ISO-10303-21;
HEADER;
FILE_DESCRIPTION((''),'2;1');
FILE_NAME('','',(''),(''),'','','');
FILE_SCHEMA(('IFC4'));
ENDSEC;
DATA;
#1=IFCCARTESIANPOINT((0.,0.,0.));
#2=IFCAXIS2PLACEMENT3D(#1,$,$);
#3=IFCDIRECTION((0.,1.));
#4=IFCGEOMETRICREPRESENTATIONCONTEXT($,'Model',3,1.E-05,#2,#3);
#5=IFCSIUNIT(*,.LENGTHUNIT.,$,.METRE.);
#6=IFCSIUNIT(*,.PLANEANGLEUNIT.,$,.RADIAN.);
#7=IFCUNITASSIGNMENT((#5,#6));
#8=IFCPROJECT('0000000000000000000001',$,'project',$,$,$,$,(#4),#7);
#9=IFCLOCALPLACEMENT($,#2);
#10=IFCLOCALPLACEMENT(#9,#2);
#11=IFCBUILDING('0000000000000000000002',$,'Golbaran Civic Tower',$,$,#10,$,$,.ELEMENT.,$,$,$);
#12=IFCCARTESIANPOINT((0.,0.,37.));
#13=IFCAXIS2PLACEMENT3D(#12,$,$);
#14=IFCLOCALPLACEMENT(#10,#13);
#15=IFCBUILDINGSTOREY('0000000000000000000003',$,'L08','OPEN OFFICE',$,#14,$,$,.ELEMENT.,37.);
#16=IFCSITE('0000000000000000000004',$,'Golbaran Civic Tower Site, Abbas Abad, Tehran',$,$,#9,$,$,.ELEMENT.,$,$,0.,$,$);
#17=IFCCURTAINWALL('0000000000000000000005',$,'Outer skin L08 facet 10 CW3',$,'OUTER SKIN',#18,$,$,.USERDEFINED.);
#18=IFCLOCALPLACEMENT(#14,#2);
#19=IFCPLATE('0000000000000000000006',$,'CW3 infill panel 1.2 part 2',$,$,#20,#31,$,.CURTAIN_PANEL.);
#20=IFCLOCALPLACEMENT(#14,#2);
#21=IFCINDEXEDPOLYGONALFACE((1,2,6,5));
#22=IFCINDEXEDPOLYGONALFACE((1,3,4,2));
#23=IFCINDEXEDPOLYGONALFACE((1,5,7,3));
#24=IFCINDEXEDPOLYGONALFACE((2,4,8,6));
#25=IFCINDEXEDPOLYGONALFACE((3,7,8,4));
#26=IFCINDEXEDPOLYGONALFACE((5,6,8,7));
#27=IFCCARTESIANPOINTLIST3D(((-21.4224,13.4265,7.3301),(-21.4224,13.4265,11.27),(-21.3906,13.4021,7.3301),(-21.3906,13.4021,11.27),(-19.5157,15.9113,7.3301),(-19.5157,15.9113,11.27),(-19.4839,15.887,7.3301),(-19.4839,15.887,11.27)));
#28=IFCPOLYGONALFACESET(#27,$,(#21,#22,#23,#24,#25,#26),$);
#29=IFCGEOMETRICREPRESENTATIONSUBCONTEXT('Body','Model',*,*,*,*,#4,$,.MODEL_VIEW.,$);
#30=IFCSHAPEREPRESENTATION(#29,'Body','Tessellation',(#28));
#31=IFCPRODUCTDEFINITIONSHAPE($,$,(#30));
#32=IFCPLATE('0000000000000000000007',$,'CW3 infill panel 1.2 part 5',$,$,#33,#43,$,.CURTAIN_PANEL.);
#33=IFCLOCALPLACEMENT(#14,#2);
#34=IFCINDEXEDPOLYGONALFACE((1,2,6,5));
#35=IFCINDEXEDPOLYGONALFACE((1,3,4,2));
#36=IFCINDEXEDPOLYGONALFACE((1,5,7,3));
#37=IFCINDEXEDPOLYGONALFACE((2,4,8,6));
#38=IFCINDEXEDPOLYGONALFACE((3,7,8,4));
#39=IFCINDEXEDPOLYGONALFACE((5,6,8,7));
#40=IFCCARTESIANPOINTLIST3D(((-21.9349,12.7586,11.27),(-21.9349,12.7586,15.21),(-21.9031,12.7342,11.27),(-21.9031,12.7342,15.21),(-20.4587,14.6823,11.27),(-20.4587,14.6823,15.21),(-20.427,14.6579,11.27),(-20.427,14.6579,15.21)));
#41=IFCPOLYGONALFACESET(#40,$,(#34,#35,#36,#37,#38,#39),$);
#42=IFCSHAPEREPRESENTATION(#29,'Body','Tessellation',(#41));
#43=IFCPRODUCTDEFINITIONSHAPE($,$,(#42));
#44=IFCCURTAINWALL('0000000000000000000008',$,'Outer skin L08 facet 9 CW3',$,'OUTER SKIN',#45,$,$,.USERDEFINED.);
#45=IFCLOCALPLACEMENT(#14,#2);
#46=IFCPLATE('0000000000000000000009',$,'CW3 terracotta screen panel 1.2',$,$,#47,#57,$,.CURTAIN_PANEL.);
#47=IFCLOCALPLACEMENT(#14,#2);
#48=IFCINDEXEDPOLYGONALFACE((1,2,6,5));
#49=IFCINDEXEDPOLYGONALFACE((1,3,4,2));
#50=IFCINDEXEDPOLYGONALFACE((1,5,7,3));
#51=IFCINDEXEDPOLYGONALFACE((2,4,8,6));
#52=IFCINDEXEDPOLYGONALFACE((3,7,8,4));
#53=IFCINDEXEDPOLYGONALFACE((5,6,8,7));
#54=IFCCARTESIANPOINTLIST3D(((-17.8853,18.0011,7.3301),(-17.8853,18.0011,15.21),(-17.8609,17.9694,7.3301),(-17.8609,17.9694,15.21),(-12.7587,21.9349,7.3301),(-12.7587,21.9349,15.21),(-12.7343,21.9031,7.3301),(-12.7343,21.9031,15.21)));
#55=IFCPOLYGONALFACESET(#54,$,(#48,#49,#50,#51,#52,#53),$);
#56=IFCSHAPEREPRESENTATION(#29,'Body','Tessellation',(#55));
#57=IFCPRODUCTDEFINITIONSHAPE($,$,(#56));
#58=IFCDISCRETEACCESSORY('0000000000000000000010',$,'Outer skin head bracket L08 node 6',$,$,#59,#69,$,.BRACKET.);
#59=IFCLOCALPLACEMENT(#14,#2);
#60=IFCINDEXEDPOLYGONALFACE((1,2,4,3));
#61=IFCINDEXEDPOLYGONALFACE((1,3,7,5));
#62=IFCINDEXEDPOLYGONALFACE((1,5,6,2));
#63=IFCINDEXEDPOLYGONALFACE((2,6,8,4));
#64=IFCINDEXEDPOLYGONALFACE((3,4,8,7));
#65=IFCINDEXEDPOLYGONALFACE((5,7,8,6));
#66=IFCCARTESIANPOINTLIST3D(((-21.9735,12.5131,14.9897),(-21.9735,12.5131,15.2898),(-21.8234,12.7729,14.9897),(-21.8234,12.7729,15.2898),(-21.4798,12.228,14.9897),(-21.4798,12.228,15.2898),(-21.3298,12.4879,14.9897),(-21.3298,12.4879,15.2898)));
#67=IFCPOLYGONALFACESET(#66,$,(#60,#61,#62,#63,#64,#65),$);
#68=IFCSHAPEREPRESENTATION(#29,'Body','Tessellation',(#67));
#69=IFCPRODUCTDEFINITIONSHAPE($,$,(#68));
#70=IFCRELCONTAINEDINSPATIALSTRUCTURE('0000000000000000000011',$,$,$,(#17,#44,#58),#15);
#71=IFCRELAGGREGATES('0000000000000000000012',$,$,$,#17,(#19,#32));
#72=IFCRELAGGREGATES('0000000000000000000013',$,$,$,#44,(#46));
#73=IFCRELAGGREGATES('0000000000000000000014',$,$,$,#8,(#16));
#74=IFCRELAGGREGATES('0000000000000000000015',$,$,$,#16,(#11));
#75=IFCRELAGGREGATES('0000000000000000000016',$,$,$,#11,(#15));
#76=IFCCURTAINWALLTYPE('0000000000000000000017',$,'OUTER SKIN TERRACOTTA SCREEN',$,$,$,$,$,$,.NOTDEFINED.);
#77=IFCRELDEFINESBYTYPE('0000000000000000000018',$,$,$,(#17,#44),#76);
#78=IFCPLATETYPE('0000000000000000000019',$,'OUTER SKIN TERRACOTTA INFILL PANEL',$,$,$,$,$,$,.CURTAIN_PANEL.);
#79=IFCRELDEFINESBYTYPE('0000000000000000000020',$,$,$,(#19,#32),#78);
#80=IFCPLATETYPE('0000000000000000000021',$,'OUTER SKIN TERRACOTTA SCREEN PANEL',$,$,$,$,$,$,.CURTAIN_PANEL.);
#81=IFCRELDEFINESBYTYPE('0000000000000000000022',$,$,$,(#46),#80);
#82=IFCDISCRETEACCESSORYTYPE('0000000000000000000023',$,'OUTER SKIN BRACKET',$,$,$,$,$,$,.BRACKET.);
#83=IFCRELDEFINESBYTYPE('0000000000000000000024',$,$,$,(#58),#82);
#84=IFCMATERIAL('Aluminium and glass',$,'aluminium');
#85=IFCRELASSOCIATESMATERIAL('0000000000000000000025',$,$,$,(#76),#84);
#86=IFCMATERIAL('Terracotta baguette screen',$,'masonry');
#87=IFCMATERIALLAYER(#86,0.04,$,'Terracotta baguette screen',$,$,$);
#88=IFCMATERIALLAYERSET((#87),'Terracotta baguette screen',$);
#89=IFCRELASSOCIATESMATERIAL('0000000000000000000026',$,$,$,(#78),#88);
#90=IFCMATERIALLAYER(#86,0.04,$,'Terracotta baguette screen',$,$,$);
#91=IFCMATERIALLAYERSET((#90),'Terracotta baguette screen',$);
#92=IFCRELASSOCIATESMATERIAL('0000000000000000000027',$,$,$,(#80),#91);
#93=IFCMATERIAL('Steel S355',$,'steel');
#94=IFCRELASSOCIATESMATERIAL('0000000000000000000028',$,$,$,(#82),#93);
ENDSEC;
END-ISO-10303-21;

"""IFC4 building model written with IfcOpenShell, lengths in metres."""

from ifc_helpers import new_model, si_unit, direction, frame, origin, origin_2d, place, context, subcontext, project, spatial, rectangle, extrude, material, layer, layer_set, type_object, element, aggregate, save


model = new_model("IFC4")

# Units and contexts
model_context = context("Model", 3, precision=1e-05, world=origin(), true_north=direction((0.0, 1.0)))
body_context = subcontext(model_context, "Body", "Model", "MODEL_VIEW")
ifc_project = project(units=[si_unit("LENGTHUNIT", "METRE"), si_unit("PLANEANGLEUNIT", "RADIAN")], contexts=[model_context])

# Site, building, storey
site_placement = place(None, origin())
site = spatial("IfcSite", under=ifc_project, at=site_placement, Name="Golbaran Civic Tower Site, Abbas Abad, Tehran", CompositionType="ELEMENT", RefElevation=0.0)
building_placement = place(site_placement, origin())
building = spatial("IfcBuilding", under=site, at=building_placement, Name="Golbaran Civic Tower", CompositionType="ELEMENT")
storey_placement = place(building_placement, frame((0.0, 0.0, 37.0)))
storey = spatial("IfcBuildingStorey", under=building, at=storey_placement, Name="L08", Description="OPEN OFFICE", CompositionType="ELEMENT", Elevation=37.0)

# Curtain wall
ifc_material_1 = material(Name="Aluminium and glass", Category="aluminium")
curtain_wall_type_1 = type_object("IfcCurtainWallType", Name="OUTER SKIN TERRACOTTA SCREEN", PredefinedType="NOTDEFINED", material=ifc_material_1)
curtain_wall_1_placement = place(storey_placement, origin())
curtain_wall_1 = element("IfcCurtainWall", 1, at=curtain_wall_1_placement, inside=storey, type_object=curtain_wall_type_1, Name="Outer skin L08 facet 10 CW3", ObjectType="OUTER SKIN", PredefinedType="USERDEFINED")

# Plates
ifc_material_2 = material(Name="Terracotta baguette screen", Category="masonry")
ifc_layer_1 = layer(ifc_material_2, 0.04, Name="Terracotta baguette screen")
ifc_layer_set_1 = layer_set([ifc_layer_1], Name="Terracotta baguette screen")
plate_type_1 = type_object("IfcPlateType", Name="OUTER SKIN TERRACOTTA INFILL PANEL", PredefinedType="CURTAIN_PANEL", material=ifc_layer_set_1)
plate_1_placement = place(storey_placement, frame((-20.4531, 14.6567, 7.3301), z_axis=(0.0, 0.0, 1.0), x_axis=(-0.608761, -0.793353, 0.0)))
plate_1 = element("IfcPlate", 2, at=plate_1_placement, type_object=plate_type_1, Name="CW3 infill panel 1.2 part 2", PredefinedType="CURTAIN_PANEL", context=body_context, shape_type="SweptSolid", body=[
    extrude(rectangle(XDim=3.1321, YDim=0.04, at=origin_2d()), origin(), (0.0, 0.0, 1.0), 3.9399),
])
plate_2_placement = place(storey_placement, frame((-21.1809, 13.7083, 11.27), z_axis=(0.0, 0.0, 1.0), x_axis=(-0.608761, -0.793353, 0.0)))
plate_2 = element("IfcPlate", 3, at=plate_2_placement, type_object=plate_type_1, Name="CW3 infill panel 1.2 part 5", PredefinedType="CURTAIN_PANEL", context=body_context, shape_type="SweptSolid", body=[
    extrude(rectangle(XDim=2.4248, YDim=0.04, at=origin_2d()), origin(), (0.0, 0.0, 1.0), 3.9399),
])
aggregate(curtain_wall_1, [plate_1, plate_2])

# Curtain wall, plate
curtain_wall_2_placement = place(storey_placement, origin())
curtain_wall_2 = element("IfcCurtainWall", 4, at=curtain_wall_2_placement, inside=storey, type_object=curtain_wall_type_1, Name="Outer skin L08 facet 9 CW3", ObjectType="OUTER SKIN", PredefinedType="USERDEFINED")
ifc_layer_2 = layer(ifc_material_2, 0.04, Name="Terracotta baguette screen")
ifc_layer_set_2 = layer_set([ifc_layer_2], Name="Terracotta baguette screen")
plate_type_2 = type_object("IfcPlateType", Name="OUTER SKIN TERRACOTTA SCREEN PANEL", PredefinedType="CURTAIN_PANEL", material=ifc_layer_set_2)
plate_3_placement = place(storey_placement, frame((-15.3098, 19.9521, 7.3301), z_axis=(0.0, 0.0, 1.0), x_axis=(-0.793353, -0.608761, 0.0)))
plate_3 = element("IfcPlate", 5, at=plate_3_placement, type_object=plate_type_2, Name="CW3 terracotta screen panel 1.2", PredefinedType="CURTAIN_PANEL", context=body_context, shape_type="SweptSolid", body=[
    extrude(rectangle(XDim=6.4619, YDim=0.04, at=origin_2d()), origin(), (0.0, 0.0, 1.0), 7.8799),
])
aggregate(curtain_wall_2, [plate_3])

# Discrete accessory
ifc_material_3 = material(Name="Steel S355", Category="steel")
discrete_accessory_type = type_object("IfcDiscreteAccessoryType", Name="OUTER SKIN BRACKET", PredefinedType="BRACKET", material=ifc_material_3)
discrete_accessory_placement = place(storey_placement, frame((-21.6516, 12.5005, 14.9897), z_axis=(0.0, 0.0, 1.0), x_axis=(-0.866025, 0.5, 0.0)))
element("IfcDiscreteAccessory", 6, at=discrete_accessory_placement, inside=storey, type_object=discrete_accessory_type, Name="Outer skin head bracket L08 node 6", PredefinedType="BRACKET", context=body_context, shape_type="SweptSolid", body=[
    extrude(rectangle(XDim=0.5701, YDim=0.3, at=origin_2d()), origin(), (0.0, 0.0, 1.0), 0.3),
])

save(model, "model.ifc")
